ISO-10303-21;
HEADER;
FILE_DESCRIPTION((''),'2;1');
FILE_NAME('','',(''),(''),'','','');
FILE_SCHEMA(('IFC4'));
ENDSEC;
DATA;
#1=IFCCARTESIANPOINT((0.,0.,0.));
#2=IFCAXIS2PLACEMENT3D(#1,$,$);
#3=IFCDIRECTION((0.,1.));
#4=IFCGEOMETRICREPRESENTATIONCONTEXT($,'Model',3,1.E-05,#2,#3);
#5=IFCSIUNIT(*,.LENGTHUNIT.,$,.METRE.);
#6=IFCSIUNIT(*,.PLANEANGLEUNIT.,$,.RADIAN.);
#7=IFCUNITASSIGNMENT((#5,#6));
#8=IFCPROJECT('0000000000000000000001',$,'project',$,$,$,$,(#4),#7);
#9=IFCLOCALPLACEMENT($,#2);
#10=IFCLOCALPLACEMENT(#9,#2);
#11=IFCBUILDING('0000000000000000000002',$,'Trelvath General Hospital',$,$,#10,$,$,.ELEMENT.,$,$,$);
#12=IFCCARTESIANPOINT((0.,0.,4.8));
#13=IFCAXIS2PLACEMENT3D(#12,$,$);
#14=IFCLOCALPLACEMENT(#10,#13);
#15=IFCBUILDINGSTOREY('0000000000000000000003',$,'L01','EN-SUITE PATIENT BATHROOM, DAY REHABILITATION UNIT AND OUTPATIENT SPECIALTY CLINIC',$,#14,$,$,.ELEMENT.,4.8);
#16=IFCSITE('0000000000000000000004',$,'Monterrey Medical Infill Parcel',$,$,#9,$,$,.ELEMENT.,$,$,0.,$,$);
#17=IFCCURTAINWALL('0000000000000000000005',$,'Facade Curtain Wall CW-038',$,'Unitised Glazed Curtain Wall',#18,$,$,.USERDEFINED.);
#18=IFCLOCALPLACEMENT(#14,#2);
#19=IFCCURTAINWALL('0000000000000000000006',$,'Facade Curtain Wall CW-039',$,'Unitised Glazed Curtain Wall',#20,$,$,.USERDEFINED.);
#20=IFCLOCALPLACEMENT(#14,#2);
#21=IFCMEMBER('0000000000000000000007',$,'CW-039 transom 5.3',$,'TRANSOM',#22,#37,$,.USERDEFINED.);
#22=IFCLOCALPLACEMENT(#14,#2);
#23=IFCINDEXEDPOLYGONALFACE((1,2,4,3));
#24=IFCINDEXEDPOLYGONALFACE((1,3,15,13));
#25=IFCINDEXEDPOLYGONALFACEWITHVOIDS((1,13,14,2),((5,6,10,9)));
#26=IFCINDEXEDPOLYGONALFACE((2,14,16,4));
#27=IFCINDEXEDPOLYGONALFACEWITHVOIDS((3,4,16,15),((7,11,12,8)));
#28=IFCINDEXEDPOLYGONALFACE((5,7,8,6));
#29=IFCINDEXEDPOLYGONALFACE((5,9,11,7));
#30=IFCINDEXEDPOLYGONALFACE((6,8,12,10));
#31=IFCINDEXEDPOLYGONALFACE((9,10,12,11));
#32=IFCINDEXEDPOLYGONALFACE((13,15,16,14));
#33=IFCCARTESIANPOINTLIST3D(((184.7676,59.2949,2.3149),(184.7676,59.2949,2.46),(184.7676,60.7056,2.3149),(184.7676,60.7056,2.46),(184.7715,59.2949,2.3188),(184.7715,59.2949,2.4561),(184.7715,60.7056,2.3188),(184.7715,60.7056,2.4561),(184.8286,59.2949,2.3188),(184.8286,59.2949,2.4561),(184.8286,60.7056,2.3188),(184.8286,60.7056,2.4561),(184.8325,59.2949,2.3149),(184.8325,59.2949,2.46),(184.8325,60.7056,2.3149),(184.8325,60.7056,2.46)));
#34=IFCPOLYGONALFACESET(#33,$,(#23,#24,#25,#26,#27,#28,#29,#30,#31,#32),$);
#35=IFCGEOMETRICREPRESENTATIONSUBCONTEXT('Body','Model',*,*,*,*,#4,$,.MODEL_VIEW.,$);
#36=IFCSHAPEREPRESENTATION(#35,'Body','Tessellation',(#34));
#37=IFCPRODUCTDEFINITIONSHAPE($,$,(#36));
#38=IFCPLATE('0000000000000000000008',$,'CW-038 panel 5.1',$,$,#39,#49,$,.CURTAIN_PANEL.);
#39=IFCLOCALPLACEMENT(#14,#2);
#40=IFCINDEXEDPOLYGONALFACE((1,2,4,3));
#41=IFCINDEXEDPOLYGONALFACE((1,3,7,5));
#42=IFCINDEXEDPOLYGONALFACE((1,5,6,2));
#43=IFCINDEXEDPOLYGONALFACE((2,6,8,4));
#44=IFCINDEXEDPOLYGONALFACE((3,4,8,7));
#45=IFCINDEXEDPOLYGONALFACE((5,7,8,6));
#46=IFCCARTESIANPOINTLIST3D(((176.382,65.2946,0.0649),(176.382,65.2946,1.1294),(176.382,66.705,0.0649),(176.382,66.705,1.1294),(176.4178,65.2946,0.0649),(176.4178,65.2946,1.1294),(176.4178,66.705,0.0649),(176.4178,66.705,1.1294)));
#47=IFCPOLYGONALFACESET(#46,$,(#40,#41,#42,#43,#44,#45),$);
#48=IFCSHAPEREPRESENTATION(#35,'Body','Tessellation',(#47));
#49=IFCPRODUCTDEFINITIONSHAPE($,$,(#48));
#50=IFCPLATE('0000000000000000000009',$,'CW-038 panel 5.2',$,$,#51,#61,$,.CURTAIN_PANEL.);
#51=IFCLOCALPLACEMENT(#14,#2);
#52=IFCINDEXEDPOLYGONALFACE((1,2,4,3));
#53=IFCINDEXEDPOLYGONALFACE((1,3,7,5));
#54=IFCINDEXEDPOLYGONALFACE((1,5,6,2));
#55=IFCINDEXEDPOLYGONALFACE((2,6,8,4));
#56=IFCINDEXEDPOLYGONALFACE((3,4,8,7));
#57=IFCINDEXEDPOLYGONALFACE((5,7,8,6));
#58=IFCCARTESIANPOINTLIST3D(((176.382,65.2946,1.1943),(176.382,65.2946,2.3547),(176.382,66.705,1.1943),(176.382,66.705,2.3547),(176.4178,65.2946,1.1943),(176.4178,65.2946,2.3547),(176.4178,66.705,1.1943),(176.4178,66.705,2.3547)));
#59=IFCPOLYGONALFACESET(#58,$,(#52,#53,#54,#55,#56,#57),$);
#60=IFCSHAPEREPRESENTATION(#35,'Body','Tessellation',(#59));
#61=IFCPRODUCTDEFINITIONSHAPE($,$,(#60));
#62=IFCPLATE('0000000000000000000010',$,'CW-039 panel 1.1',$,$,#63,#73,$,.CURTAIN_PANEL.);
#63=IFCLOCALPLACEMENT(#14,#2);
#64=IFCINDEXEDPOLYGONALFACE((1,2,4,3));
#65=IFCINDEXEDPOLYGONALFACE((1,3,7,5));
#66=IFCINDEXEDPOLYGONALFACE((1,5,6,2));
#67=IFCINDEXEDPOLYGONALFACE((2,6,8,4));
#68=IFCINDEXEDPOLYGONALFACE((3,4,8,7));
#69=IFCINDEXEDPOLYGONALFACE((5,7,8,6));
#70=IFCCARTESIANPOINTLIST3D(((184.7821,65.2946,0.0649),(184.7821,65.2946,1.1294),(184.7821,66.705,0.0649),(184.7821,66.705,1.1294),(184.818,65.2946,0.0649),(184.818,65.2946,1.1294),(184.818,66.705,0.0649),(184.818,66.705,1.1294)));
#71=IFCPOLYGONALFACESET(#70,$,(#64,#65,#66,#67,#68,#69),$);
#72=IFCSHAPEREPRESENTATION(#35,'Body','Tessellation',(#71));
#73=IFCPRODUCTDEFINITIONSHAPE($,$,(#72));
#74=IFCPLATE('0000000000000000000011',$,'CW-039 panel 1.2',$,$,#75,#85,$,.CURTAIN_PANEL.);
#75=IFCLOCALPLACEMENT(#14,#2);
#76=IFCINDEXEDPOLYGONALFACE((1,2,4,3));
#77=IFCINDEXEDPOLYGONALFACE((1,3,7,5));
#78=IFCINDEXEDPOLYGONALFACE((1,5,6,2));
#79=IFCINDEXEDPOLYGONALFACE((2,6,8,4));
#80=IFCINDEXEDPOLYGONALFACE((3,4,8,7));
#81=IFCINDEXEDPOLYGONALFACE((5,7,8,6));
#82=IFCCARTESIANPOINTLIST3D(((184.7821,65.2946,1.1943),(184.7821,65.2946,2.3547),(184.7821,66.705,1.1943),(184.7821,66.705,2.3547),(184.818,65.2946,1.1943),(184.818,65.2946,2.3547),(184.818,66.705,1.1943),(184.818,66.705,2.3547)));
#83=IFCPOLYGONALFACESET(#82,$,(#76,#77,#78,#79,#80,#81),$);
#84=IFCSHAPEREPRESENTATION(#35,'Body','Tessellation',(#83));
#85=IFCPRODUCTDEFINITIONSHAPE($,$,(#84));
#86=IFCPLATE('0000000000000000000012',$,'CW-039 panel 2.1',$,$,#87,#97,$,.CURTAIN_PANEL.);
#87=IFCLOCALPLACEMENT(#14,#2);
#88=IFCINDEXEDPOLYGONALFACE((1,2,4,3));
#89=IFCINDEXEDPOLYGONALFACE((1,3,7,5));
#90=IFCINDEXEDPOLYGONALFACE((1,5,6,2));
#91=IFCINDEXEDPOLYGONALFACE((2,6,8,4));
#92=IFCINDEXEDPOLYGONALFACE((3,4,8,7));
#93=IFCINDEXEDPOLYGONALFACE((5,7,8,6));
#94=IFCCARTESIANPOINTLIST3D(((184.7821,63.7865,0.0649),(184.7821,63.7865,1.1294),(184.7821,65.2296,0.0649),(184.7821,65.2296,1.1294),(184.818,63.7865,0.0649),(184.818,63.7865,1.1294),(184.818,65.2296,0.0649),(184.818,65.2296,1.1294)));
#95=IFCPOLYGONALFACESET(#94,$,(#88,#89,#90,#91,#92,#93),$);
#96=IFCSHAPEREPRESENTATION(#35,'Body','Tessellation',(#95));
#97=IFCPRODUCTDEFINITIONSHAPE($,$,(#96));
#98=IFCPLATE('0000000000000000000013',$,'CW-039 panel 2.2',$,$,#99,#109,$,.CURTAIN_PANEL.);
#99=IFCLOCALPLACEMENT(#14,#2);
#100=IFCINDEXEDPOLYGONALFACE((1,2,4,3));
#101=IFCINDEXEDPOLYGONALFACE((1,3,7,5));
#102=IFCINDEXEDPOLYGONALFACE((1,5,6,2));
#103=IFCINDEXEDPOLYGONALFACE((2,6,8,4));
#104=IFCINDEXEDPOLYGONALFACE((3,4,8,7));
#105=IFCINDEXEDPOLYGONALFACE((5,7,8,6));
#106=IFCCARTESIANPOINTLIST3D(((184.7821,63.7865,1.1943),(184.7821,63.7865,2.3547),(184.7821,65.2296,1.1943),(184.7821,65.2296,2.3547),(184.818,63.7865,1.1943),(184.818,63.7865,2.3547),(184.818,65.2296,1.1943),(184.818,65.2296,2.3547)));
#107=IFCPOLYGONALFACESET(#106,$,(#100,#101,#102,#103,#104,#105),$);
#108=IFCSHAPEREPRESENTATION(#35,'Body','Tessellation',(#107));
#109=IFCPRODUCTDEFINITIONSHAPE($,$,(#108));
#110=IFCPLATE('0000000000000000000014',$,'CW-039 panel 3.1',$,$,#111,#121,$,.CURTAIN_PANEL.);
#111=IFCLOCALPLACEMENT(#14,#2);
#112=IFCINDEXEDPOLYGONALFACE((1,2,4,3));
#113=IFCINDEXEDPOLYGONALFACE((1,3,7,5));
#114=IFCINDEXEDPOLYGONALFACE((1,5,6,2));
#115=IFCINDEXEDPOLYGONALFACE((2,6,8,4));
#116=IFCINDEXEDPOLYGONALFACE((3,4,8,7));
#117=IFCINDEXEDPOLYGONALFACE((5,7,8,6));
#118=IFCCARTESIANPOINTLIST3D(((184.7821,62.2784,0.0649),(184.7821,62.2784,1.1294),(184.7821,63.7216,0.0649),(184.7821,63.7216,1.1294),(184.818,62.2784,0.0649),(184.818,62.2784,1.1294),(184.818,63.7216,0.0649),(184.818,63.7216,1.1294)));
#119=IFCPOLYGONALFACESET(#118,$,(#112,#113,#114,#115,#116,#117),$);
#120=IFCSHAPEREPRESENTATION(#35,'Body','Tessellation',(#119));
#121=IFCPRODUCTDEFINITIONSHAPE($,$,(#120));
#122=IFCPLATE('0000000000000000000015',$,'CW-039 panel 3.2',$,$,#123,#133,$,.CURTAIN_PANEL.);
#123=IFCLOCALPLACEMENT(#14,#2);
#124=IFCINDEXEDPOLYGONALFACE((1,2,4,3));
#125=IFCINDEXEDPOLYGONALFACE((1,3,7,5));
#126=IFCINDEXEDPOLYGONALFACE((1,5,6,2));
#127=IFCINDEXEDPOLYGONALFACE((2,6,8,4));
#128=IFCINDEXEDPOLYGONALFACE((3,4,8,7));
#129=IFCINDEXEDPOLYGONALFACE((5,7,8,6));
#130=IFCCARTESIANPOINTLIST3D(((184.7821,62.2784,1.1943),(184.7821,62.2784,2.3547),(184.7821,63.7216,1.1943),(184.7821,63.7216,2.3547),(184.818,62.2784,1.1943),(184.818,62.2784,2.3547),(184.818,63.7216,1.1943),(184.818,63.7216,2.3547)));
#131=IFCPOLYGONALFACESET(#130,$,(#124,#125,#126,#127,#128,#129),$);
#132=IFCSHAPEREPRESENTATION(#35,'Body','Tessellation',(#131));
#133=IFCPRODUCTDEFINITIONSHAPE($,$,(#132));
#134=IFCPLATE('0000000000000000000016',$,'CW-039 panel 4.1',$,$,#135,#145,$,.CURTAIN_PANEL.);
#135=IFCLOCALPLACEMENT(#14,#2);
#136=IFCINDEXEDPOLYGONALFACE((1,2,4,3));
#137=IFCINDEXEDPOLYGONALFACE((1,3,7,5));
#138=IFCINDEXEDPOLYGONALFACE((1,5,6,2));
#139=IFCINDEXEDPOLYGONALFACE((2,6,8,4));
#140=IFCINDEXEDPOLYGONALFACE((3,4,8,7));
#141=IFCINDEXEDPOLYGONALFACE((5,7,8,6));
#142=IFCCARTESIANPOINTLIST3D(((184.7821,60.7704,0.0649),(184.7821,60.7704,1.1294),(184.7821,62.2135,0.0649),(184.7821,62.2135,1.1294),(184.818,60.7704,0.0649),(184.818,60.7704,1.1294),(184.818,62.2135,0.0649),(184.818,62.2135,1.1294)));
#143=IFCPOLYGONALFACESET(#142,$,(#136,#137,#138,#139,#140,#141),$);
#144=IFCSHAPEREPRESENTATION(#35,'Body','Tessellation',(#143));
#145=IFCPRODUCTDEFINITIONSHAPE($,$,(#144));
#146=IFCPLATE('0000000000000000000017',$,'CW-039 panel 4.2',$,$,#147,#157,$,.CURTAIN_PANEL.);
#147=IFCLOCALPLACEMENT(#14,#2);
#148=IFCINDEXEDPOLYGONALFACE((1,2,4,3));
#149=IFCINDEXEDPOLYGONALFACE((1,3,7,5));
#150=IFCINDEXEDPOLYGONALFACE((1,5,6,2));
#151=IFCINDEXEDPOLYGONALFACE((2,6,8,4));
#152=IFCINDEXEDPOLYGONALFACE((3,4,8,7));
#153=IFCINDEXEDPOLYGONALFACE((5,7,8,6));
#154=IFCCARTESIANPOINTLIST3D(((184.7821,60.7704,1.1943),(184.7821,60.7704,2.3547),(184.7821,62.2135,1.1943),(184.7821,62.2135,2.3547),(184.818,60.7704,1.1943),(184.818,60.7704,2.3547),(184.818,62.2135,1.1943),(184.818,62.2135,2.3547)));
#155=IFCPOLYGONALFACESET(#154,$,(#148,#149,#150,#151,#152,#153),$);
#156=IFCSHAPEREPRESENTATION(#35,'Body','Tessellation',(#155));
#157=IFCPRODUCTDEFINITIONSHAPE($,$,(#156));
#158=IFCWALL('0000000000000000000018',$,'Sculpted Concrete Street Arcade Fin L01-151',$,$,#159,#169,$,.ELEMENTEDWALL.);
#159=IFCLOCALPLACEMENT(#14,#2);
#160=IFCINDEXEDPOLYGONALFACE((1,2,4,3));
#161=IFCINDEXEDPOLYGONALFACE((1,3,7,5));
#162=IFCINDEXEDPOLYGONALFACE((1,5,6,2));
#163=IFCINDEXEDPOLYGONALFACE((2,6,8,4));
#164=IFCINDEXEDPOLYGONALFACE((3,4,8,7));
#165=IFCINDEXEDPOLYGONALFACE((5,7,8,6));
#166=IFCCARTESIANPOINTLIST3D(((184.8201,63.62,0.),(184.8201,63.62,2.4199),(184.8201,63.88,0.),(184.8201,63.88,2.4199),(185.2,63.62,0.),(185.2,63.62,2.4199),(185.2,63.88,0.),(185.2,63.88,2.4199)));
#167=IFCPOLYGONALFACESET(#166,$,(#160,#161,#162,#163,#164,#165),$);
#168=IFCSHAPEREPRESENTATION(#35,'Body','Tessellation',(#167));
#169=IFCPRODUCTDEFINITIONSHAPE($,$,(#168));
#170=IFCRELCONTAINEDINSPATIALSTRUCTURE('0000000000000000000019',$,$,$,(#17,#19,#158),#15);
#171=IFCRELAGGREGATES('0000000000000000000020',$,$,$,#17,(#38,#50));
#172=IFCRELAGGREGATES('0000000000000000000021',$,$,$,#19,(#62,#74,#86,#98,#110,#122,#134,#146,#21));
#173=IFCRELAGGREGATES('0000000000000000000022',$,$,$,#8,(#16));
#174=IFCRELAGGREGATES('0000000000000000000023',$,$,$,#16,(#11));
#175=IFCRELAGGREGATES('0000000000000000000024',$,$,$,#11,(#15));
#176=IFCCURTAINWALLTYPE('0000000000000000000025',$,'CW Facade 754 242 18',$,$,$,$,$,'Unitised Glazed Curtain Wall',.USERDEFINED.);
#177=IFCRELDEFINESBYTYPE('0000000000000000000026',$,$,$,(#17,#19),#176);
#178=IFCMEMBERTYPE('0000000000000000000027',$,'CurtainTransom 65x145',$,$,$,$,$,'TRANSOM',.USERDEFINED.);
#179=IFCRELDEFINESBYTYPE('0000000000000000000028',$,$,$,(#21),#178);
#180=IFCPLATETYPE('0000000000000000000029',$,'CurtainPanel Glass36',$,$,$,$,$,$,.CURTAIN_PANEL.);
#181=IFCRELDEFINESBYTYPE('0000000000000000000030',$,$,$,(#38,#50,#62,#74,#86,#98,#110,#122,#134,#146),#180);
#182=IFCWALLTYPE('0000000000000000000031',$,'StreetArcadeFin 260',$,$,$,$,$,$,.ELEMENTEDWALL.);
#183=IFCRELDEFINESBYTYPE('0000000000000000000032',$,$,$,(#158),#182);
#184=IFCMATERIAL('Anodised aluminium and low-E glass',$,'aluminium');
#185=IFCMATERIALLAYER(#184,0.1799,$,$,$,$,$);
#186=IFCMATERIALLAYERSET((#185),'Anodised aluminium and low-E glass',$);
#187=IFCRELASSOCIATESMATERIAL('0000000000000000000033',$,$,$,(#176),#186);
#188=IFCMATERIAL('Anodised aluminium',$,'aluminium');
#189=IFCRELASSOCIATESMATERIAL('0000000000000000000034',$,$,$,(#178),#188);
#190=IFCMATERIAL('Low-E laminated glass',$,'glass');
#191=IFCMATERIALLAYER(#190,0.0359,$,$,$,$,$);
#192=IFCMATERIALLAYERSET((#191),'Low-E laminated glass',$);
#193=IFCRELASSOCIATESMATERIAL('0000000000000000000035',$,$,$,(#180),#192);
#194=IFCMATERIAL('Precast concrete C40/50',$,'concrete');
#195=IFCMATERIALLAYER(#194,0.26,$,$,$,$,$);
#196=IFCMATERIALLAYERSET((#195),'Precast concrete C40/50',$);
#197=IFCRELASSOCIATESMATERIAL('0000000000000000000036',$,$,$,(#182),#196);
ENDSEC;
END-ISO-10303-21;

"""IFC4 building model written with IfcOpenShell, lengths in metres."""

from ifc_helpers import new_model, si_unit, direction, frame, frame_2d, origin, origin_2d, place, context, subcontext, project, spatial, rectangle, hollow_rectangle, extrude, material, layer, layer_set, material_profile, profile_set, type_object, element, aggregate, save


model = new_model("IFC4")

# Units and contexts
model_context = context("Model", 3, precision=1e-05, world=origin(), true_north=direction((0.0, 1.0)))
body_context = subcontext(model_context, "Body", "Model", "MODEL_VIEW")
ifc_project = project(units=[si_unit("LENGTHUNIT", "METRE"), si_unit("PLANEANGLEUNIT", "RADIAN")], contexts=[model_context])

# Site, building, storey
site_placement = place(None, origin())
site = spatial("IfcSite", under=ifc_project, at=site_placement, Name="Monterrey Medical Infill Parcel", CompositionType="ELEMENT", RefElevation=0.0)
building_placement = place(site_placement, origin())
building = spatial("IfcBuilding", under=site, at=building_placement, Name="Trelvath General Hospital", CompositionType="ELEMENT")
storey_placement = place(building_placement, frame((0.0, 0.0, 4.8)))
storey = spatial("IfcBuildingStorey", under=building, at=storey_placement, Name="L01", Description="EN-SUITE PATIENT BATHROOM, DAY REHABILITATION UNIT AND OUTPATIENT SPECIALTY CLINIC", CompositionType="ELEMENT", Elevation=4.8)

# Curtain wall
ifc_material_1 = material(Name="Anodised aluminium and low-E glass", Category="aluminium")
ifc_layer_1 = layer(ifc_material_1, 0.1799)
ifc_layer_set_1 = layer_set([ifc_layer_1], Name="Anodised aluminium and low-E glass")
curtain_wall_type = type_object("IfcCurtainWallType", Name="CW Facade 754 242 18", ElementType="Unitised Glazed Curtain Wall", PredefinedType="USERDEFINED", material=ifc_layer_set_1)
curtain_wall_1_placement = place(storey_placement, origin())
curtain_wall_1 = element("IfcCurtainWall", 1, at=curtain_wall_1_placement, inside=storey, type_object=curtain_wall_type, Name="Facade Curtain Wall CW-038", ObjectType="Unitised Glazed Curtain Wall", PredefinedType="USERDEFINED")

# Curtain wall
curtain_wall_2_placement = place(storey_placement, origin())
curtain_wall_2 = element("IfcCurtainWall", 2, at=curtain_wall_2_placement, inside=storey, type_object=curtain_wall_type, Name="Facade Curtain Wall CW-039", ObjectType="Unitised Glazed Curtain Wall", PredefinedType="USERDEFINED")

# Member
ifc_material_2 = material(Name="Anodised aluminium", Category="aluminium")
ifc_material_profile_1 = material_profile(ifc_material_2, hollow_rectangle(XDim=0.0649, YDim=0.145, WallThickness=0.0039, at=origin_2d()), Name="RHS65x145x4")
ifc_profile_set_1 = profile_set([ifc_material_profile_1], Name="Anodised aluminium")
member_type_1 = type_object("IfcMemberType", Name="CurtainTransom 65x145", ElementType="TRANSOM", PredefinedType="USERDEFINED", material=ifc_profile_set_1)
member_1_placement = place(storey_placement, frame((184.8, 60.7056, 2.3875), z_axis=(0.0, -1.0, 0.0), x_axis=(1.0, 0.0, 0.0)))
member_1 = element("IfcMember", 3, at=member_1_placement, type_object=member_type_1, Name="CW-039 transom 5.3", ObjectType="TRANSOM", PredefinedType="USERDEFINED", context=body_context, shape_type="SweptSolid", body=[
    extrude(hollow_rectangle(XDim=0.0649, YDim=0.145, WallThickness=0.0039, at=origin_2d()), origin(), (0.0, 0.0, 1.0), 1.4106),
])

# Plates
ifc_material_3 = material(Name="Low-E laminated glass", Category="glass")
ifc_layer_2 = layer(ifc_material_3, 0.0359)
ifc_layer_set_2 = layer_set([ifc_layer_2], Name="Low-E laminated glass")
plate_type = type_object("IfcPlateType", Name="CurtainPanel Glass36", PredefinedType="CURTAIN_PANEL", material=ifc_layer_set_2)
plate_1_placement = place(storey_placement, frame((176.3999, 65.9998, 0.0649), z_axis=(0.0, 0.0, 1.0), x_axis=(0.0, 1.0, 0.0)))
plate_1 = element("IfcPlate", 4, at=plate_1_placement, type_object=plate_type, Name="CW-038 panel 5.1", PredefinedType="CURTAIN_PANEL", context=body_context, shape_type="SweptSolid", body=[
    extrude(rectangle(XDim=1.4104, YDim=0.0359, at=origin_2d()), origin(), (0.0, 0.0, 1.0), 1.0645),
])
plate_2_placement = place(storey_placement, frame((176.3999, 65.9998, 1.1943), z_axis=(0.0, 0.0, 1.0), x_axis=(0.0, 1.0, 0.0)))
plate_2 = element("IfcPlate", 5, at=plate_2_placement, type_object=plate_type, Name="CW-038 panel 5.2", PredefinedType="CURTAIN_PANEL", context=body_context, shape_type="SweptSolid", body=[
    extrude(rectangle(XDim=1.4104, YDim=0.0359, at=origin_2d()), origin(), (0.0, 0.0, 1.0), 1.1604),
])
aggregate(curtain_wall_1, [plate_1, plate_2])
plate_3_placement = place(storey_placement, frame((184.8, 65.9998, 0.0649), z_axis=(0.0, 0.0, 1.0), x_axis=(0.0, -1.0, 0.0)))
plate_3 = element("IfcPlate", 6, at=plate_3_placement, type_object=plate_type, Name="CW-039 panel 1.1", PredefinedType="CURTAIN_PANEL", context=body_context, shape_type="SweptSolid", body=[
    extrude(rectangle(XDim=1.4104, YDim=0.0359, at=origin_2d()), origin(), (0.0, 0.0, 1.0), 1.0645),
])
plate_4_placement = place(storey_placement, frame((184.8, 65.9998, 1.1943), z_axis=(0.0, 0.0, 1.0), x_axis=(0.0, -1.0, 0.0)))
plate_4 = element("IfcPlate", 7, at=plate_4_placement, type_object=plate_type, Name="CW-039 panel 1.2", PredefinedType="CURTAIN_PANEL", context=body_context, shape_type="SweptSolid", body=[
    extrude(rectangle(XDim=1.4104, YDim=0.0359, at=origin_2d()), origin(), (0.0, 0.0, 1.0), 1.1604),
])
plate_5_placement = place(storey_placement, frame((184.8, 64.5081, 0.0649), z_axis=(0.0, 0.0, 1.0), x_axis=(0.0, -1.0, 0.0)))
plate_5 = element("IfcPlate", 8, at=plate_5_placement, type_object=plate_type, Name="CW-039 panel 2.1", PredefinedType="CURTAIN_PANEL", context=body_context, shape_type="SweptSolid", body=[
    extrude(rectangle(XDim=1.4431, YDim=0.0359, at=origin_2d()), origin(), (0.0, 0.0, 1.0), 1.0645),
])
plate_6_placement = place(storey_placement, frame((184.8, 64.5081, 1.1943), z_axis=(0.0, 0.0, 1.0), x_axis=(0.0, -1.0, 0.0)))
plate_6 = element("IfcPlate", 9, at=plate_6_placement, type_object=plate_type, Name="CW-039 panel 2.2", PredefinedType="CURTAIN_PANEL", context=body_context, shape_type="SweptSolid", body=[
    extrude(rectangle(XDim=1.4431, YDim=0.0359, at=origin_2d()), origin(), (0.0, 0.0, 1.0), 1.1604),
])
plate_7_placement = place(storey_placement, frame((184.8, 63.0, 0.0649), z_axis=(0.0, 0.0, 1.0), x_axis=(0.0, -1.0, 0.0)))
plate_7 = element("IfcPlate", 10, at=plate_7_placement, type_object=plate_type, Name="CW-039 panel 3.1", PredefinedType="CURTAIN_PANEL", context=body_context, shape_type="SweptSolid", body=[
    extrude(rectangle(XDim=1.4431, YDim=0.0359, at=origin_2d()), origin(), (0.0, 0.0, 1.0), 1.0645),
])
plate_8_placement = place(storey_placement, frame((184.8, 63.0, 1.1943), z_axis=(0.0, 0.0, 1.0), x_axis=(0.0, -1.0, 0.0)))
plate_8 = element("IfcPlate", 11, at=plate_8_placement, type_object=plate_type, Name="CW-039 panel 3.2", PredefinedType="CURTAIN_PANEL", context=body_context, shape_type="SweptSolid", body=[
    extrude(rectangle(XDim=1.4431, YDim=0.0359, at=origin_2d()), origin(), (0.0, 0.0, 1.0), 1.1604),
])
plate_9_placement = place(storey_placement, frame((184.8, 61.4919, 0.0649), z_axis=(0.0, 0.0, 1.0), x_axis=(0.0, -1.0, 0.0)))
plate_9 = element("IfcPlate", 12, at=plate_9_placement, type_object=plate_type, Name="CW-039 panel 4.1", PredefinedType="CURTAIN_PANEL", context=body_context, shape_type="SweptSolid", body=[
    extrude(rectangle(XDim=1.4431, YDim=0.0359, at=origin_2d()), origin(), (0.0, 0.0, 1.0), 1.0645),
])
plate_10_placement = place(storey_placement, frame((184.8, 61.4919, 1.1943), z_axis=(0.0, 0.0, 1.0), x_axis=(0.0, -1.0, 0.0)))
plate_10 = element("IfcPlate", 13, at=plate_10_placement, type_object=plate_type, Name="CW-039 panel 4.2", PredefinedType="CURTAIN_PANEL", context=body_context, shape_type="SweptSolid", body=[
    extrude(rectangle(XDim=1.4431, YDim=0.0359, at=origin_2d()), origin(), (0.0, 0.0, 1.0), 1.1604),
])
aggregate(curtain_wall_2, [plate_3, plate_4, plate_5, plate_6, plate_7, plate_8, plate_9, plate_10, member_1])

# Wall
ifc_material_4 = material(Name="Precast concrete C40/50", Category="concrete")
ifc_layer_3 = layer(ifc_material_4, 0.26)
ifc_layer_set_3 = layer_set([ifc_layer_3], Name="Precast concrete C40/50")
wall_type = type_object("IfcWallType", Name="StreetArcadeFin 260", PredefinedType="ELEMENTEDWALL", material=ifc_layer_set_3)
wall_placement = place(storey_placement, frame((184.8201, 63.75, 0.0), z_axis=(0.0, 0.0, 1.0), x_axis=(1.0, 0.0, 0.0)))
element("IfcWall", 14, at=wall_placement, inside=storey, type_object=wall_type, Name="Sculpted Concrete Street Arcade Fin L01-151", PredefinedType="ELEMENTEDWALL", context=body_context, shape_type="SweptSolid", body=[
    extrude(rectangle(XDim=0.3799, YDim=0.26, at=frame_2d((0.1899, 0.0))), origin(), (0.0, 0.0, 1.0), 2.4199),
])

save(model, "model.ifc")
